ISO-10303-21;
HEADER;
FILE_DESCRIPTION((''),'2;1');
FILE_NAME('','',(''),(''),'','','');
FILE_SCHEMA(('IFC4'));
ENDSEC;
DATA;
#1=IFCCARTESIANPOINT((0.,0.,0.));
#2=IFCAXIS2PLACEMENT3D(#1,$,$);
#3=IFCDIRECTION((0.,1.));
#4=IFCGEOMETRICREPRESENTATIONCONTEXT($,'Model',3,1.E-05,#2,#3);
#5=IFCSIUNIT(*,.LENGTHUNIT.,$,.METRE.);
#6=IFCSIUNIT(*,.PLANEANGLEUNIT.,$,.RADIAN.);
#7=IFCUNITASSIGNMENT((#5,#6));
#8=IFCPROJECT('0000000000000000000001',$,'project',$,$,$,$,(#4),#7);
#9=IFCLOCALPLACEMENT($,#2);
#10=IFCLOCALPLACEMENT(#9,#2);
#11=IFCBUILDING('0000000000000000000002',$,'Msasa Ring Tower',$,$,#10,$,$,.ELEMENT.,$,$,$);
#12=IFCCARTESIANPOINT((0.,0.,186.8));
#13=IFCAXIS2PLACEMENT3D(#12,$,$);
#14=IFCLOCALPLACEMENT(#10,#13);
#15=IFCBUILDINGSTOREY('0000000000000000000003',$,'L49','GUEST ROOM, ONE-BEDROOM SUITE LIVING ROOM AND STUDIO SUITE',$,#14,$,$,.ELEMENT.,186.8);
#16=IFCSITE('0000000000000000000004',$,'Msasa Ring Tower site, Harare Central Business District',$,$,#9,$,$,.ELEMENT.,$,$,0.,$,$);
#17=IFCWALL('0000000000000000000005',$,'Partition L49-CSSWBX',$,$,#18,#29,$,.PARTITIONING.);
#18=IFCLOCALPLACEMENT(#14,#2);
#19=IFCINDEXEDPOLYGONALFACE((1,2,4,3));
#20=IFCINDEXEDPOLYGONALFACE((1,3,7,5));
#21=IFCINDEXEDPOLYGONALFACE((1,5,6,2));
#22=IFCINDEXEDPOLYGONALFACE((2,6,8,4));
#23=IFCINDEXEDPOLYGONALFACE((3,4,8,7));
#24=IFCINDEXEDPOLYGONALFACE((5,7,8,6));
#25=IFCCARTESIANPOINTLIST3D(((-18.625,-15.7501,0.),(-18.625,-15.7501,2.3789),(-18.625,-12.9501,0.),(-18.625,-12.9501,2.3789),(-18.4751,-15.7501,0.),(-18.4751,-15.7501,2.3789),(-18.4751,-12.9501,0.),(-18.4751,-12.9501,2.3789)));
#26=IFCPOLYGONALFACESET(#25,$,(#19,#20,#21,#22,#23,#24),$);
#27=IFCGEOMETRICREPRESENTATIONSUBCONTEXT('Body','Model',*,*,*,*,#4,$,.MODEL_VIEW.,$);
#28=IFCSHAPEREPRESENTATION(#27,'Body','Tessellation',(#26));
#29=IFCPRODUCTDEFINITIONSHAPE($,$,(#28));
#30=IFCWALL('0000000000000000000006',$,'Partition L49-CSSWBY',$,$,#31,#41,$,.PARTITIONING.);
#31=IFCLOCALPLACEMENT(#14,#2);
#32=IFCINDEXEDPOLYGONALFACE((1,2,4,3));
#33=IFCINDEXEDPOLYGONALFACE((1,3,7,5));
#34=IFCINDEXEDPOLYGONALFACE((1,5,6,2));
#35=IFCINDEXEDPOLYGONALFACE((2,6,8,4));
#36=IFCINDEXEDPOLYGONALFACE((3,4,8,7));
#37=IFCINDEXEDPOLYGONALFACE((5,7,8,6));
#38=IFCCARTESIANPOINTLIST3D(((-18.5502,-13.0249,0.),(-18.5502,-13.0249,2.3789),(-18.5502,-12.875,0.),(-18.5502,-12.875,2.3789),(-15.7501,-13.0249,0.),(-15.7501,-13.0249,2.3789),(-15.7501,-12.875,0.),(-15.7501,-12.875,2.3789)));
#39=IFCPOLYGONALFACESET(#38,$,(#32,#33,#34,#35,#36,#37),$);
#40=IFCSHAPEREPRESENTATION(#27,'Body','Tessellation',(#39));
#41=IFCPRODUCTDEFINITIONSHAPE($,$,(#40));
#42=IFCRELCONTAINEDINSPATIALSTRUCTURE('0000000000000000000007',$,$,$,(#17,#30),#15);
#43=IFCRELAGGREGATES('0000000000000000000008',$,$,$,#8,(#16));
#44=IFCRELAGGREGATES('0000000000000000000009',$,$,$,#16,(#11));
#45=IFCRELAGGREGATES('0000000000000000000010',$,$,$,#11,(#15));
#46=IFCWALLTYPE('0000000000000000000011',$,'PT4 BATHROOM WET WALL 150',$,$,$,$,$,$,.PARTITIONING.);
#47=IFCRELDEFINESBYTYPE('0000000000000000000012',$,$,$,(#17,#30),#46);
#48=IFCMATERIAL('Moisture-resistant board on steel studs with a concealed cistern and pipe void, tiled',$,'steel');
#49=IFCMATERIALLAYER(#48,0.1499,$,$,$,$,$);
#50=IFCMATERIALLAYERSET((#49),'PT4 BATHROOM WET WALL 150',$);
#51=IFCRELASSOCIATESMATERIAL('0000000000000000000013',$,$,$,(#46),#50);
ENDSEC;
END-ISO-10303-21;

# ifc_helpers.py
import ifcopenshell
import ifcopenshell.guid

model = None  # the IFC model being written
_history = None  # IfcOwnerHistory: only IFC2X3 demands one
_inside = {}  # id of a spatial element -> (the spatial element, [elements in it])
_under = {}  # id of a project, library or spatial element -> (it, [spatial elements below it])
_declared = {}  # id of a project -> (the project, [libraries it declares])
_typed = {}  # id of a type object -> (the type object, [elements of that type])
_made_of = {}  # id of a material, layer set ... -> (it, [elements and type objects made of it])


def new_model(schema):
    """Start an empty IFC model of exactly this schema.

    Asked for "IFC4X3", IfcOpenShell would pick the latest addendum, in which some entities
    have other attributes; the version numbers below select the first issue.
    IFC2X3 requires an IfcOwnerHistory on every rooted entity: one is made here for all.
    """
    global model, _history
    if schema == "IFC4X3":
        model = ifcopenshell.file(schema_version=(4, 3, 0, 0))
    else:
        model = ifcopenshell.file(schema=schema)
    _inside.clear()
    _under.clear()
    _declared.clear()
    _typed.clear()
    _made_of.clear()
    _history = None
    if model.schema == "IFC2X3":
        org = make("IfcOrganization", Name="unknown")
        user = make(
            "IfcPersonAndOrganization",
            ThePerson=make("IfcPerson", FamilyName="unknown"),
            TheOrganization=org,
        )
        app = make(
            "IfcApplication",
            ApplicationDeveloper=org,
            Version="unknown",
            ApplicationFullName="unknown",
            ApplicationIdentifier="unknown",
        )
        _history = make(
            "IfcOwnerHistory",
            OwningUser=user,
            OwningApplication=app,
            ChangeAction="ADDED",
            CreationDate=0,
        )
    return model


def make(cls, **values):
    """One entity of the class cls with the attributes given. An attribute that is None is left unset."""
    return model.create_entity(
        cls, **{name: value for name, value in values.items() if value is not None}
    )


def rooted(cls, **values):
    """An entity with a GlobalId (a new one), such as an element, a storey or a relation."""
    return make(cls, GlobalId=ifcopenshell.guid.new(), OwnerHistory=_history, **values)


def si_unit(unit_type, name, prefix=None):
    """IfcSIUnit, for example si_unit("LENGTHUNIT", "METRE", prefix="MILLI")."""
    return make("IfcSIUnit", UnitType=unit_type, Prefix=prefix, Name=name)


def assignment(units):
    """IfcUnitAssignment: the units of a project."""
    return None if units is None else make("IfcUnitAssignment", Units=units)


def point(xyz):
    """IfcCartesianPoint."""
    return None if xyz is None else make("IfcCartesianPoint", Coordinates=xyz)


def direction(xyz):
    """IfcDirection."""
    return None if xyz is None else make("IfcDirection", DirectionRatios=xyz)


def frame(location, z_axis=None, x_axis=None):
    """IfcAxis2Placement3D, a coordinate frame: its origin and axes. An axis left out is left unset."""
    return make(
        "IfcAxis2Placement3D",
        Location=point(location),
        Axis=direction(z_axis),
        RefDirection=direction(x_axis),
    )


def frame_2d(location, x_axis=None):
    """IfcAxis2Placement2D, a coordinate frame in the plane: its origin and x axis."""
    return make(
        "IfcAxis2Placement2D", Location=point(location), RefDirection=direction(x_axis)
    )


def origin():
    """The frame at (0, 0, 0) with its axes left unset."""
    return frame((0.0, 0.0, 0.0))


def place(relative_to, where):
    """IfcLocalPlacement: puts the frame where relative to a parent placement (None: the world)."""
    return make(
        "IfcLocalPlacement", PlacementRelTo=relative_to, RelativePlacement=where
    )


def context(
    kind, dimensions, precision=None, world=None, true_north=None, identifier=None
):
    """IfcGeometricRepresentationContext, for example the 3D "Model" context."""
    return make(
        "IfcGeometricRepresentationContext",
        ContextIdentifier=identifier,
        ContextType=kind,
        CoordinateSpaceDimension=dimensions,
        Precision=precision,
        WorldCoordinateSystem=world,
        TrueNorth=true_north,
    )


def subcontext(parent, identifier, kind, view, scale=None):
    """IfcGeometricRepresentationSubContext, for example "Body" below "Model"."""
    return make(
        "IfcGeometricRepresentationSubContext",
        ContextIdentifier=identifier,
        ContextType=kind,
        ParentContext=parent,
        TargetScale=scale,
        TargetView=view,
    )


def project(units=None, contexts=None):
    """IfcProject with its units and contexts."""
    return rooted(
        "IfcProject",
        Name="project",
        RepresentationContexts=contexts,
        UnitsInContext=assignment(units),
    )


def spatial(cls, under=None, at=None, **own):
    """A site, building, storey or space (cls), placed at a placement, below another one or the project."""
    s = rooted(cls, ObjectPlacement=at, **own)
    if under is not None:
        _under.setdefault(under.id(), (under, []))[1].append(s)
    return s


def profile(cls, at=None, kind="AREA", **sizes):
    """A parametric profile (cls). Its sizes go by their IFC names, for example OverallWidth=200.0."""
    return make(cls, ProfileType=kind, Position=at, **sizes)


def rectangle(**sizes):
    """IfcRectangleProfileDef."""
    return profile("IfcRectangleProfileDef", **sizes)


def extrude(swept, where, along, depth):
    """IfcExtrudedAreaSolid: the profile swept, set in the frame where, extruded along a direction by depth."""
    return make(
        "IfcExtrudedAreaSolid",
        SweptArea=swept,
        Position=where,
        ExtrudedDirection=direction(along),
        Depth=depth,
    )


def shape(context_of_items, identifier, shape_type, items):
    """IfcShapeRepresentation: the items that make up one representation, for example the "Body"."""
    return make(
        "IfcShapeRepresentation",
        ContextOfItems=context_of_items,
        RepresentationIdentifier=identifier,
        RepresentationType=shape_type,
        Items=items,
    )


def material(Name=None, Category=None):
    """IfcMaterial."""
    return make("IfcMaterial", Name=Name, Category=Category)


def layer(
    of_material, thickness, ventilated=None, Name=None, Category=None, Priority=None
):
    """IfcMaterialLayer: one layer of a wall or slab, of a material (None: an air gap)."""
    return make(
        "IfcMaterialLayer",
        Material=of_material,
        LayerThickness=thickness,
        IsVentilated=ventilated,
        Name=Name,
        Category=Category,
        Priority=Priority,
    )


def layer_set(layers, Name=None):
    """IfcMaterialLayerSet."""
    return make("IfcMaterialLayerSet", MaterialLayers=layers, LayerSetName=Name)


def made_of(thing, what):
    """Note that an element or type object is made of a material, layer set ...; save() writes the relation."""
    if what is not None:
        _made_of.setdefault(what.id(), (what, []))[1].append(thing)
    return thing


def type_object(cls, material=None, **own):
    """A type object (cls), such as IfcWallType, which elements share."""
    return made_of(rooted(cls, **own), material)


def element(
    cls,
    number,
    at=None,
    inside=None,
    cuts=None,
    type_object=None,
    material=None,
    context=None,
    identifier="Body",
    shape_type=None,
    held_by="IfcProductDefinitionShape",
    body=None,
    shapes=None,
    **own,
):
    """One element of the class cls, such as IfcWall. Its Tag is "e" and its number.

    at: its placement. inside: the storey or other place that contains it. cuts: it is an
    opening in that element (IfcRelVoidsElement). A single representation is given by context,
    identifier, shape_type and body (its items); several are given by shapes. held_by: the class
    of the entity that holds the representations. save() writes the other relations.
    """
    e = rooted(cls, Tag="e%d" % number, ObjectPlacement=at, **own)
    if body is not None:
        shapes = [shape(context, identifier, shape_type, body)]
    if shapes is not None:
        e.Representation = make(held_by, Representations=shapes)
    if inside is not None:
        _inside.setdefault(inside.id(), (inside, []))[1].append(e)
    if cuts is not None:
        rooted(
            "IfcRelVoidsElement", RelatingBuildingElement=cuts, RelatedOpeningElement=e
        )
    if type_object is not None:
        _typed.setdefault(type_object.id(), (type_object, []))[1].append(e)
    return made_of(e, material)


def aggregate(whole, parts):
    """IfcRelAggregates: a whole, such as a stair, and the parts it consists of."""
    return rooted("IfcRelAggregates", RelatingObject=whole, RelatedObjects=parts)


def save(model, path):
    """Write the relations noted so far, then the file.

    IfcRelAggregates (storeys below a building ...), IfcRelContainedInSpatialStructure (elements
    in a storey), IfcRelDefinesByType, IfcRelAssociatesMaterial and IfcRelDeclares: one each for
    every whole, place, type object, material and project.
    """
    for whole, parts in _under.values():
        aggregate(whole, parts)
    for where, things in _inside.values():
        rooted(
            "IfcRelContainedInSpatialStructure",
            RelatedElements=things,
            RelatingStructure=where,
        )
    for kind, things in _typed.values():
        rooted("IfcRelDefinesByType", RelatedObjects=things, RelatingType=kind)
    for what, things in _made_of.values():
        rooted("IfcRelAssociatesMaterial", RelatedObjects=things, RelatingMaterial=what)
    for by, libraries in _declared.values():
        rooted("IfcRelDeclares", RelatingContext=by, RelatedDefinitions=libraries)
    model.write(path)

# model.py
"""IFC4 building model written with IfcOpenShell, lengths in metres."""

from ifc_helpers import new_model, si_unit, direction, frame, frame_2d, origin, place, context, subcontext, project, spatial, rectangle, extrude, material, layer, layer_set, type_object, element, save


model = new_model("IFC4")

# Units and contexts
model_context = context("Model", 3, precision=1e-05, world=origin(), true_north=direction((0.0, 1.0)))
body_context = subcontext(model_context, "Body", "Model", "MODEL_VIEW")
ifc_project = project(units=[si_unit("LENGTHUNIT", "METRE"), si_unit("PLANEANGLEUNIT", "RADIAN")], contexts=[model_context])

# Site, building, storey
site_placement = place(None, origin())
site = spatial("IfcSite", under=ifc_project, at=site_placement, Name="Msasa Ring Tower site, Harare Central Business District", CompositionType="ELEMENT", RefElevation=0.0)
building_placement = place(site_placement, origin())
building = spatial("IfcBuilding", under=site, at=building_placement, Name="Msasa Ring Tower", CompositionType="ELEMENT")
storey_placement = place(building_placement, frame((0.0, 0.0, 186.8)))
storey = spatial("IfcBuildingStorey", under=building, at=storey_placement, Name="L49", Description="GUEST ROOM, ONE-BEDROOM SUITE LIVING ROOM AND STUDIO SUITE", CompositionType="ELEMENT", Elevation=186.8)

# Walls
ifc_material_1 = material(Name="Moisture-resistant board on steel studs with a concealed cistern and pipe void, tiled", Category="steel")
ifc_layer_1 = layer(ifc_material_1, 0.1499)
ifc_layer_set_1 = layer_set([ifc_layer_1], Name="PT4 BATHROOM WET WALL 150")
wall_type_1 = type_object("IfcWallType", Name="PT4 BATHROOM WET WALL 150", PredefinedType="PARTITIONING", material=ifc_layer_set_1)
for number, where, z_axis, x_axis, name in (
    (1, (-18.55, -15.75, 0.0), (0.0, 0.0, 1.0), (0.0, 1.0, 0.0), "Partition L49-CSSWBX"),
    (2, (-18.55, -12.95, 0.0), (0.0, 0.0, 1.0), (1.0, 0.0, 0.0), "Partition L49-CSSWBY"),
):
    element("IfcWall", number, at=place(storey_placement, frame(where, z_axis=z_axis, x_axis=x_axis)), inside=storey, type_object=wall_type_1, Name=name, PredefinedType="PARTITIONING", context=body_context, shape_type="SweptSolid", body=[
        extrude(rectangle(XDim=2.8, YDim=0.1499, at=frame_2d((1.3999, 0.0))), origin(), (0.0, 0.0, 1.0), 2.3789),
    ])

save(model, "model.ifc")
